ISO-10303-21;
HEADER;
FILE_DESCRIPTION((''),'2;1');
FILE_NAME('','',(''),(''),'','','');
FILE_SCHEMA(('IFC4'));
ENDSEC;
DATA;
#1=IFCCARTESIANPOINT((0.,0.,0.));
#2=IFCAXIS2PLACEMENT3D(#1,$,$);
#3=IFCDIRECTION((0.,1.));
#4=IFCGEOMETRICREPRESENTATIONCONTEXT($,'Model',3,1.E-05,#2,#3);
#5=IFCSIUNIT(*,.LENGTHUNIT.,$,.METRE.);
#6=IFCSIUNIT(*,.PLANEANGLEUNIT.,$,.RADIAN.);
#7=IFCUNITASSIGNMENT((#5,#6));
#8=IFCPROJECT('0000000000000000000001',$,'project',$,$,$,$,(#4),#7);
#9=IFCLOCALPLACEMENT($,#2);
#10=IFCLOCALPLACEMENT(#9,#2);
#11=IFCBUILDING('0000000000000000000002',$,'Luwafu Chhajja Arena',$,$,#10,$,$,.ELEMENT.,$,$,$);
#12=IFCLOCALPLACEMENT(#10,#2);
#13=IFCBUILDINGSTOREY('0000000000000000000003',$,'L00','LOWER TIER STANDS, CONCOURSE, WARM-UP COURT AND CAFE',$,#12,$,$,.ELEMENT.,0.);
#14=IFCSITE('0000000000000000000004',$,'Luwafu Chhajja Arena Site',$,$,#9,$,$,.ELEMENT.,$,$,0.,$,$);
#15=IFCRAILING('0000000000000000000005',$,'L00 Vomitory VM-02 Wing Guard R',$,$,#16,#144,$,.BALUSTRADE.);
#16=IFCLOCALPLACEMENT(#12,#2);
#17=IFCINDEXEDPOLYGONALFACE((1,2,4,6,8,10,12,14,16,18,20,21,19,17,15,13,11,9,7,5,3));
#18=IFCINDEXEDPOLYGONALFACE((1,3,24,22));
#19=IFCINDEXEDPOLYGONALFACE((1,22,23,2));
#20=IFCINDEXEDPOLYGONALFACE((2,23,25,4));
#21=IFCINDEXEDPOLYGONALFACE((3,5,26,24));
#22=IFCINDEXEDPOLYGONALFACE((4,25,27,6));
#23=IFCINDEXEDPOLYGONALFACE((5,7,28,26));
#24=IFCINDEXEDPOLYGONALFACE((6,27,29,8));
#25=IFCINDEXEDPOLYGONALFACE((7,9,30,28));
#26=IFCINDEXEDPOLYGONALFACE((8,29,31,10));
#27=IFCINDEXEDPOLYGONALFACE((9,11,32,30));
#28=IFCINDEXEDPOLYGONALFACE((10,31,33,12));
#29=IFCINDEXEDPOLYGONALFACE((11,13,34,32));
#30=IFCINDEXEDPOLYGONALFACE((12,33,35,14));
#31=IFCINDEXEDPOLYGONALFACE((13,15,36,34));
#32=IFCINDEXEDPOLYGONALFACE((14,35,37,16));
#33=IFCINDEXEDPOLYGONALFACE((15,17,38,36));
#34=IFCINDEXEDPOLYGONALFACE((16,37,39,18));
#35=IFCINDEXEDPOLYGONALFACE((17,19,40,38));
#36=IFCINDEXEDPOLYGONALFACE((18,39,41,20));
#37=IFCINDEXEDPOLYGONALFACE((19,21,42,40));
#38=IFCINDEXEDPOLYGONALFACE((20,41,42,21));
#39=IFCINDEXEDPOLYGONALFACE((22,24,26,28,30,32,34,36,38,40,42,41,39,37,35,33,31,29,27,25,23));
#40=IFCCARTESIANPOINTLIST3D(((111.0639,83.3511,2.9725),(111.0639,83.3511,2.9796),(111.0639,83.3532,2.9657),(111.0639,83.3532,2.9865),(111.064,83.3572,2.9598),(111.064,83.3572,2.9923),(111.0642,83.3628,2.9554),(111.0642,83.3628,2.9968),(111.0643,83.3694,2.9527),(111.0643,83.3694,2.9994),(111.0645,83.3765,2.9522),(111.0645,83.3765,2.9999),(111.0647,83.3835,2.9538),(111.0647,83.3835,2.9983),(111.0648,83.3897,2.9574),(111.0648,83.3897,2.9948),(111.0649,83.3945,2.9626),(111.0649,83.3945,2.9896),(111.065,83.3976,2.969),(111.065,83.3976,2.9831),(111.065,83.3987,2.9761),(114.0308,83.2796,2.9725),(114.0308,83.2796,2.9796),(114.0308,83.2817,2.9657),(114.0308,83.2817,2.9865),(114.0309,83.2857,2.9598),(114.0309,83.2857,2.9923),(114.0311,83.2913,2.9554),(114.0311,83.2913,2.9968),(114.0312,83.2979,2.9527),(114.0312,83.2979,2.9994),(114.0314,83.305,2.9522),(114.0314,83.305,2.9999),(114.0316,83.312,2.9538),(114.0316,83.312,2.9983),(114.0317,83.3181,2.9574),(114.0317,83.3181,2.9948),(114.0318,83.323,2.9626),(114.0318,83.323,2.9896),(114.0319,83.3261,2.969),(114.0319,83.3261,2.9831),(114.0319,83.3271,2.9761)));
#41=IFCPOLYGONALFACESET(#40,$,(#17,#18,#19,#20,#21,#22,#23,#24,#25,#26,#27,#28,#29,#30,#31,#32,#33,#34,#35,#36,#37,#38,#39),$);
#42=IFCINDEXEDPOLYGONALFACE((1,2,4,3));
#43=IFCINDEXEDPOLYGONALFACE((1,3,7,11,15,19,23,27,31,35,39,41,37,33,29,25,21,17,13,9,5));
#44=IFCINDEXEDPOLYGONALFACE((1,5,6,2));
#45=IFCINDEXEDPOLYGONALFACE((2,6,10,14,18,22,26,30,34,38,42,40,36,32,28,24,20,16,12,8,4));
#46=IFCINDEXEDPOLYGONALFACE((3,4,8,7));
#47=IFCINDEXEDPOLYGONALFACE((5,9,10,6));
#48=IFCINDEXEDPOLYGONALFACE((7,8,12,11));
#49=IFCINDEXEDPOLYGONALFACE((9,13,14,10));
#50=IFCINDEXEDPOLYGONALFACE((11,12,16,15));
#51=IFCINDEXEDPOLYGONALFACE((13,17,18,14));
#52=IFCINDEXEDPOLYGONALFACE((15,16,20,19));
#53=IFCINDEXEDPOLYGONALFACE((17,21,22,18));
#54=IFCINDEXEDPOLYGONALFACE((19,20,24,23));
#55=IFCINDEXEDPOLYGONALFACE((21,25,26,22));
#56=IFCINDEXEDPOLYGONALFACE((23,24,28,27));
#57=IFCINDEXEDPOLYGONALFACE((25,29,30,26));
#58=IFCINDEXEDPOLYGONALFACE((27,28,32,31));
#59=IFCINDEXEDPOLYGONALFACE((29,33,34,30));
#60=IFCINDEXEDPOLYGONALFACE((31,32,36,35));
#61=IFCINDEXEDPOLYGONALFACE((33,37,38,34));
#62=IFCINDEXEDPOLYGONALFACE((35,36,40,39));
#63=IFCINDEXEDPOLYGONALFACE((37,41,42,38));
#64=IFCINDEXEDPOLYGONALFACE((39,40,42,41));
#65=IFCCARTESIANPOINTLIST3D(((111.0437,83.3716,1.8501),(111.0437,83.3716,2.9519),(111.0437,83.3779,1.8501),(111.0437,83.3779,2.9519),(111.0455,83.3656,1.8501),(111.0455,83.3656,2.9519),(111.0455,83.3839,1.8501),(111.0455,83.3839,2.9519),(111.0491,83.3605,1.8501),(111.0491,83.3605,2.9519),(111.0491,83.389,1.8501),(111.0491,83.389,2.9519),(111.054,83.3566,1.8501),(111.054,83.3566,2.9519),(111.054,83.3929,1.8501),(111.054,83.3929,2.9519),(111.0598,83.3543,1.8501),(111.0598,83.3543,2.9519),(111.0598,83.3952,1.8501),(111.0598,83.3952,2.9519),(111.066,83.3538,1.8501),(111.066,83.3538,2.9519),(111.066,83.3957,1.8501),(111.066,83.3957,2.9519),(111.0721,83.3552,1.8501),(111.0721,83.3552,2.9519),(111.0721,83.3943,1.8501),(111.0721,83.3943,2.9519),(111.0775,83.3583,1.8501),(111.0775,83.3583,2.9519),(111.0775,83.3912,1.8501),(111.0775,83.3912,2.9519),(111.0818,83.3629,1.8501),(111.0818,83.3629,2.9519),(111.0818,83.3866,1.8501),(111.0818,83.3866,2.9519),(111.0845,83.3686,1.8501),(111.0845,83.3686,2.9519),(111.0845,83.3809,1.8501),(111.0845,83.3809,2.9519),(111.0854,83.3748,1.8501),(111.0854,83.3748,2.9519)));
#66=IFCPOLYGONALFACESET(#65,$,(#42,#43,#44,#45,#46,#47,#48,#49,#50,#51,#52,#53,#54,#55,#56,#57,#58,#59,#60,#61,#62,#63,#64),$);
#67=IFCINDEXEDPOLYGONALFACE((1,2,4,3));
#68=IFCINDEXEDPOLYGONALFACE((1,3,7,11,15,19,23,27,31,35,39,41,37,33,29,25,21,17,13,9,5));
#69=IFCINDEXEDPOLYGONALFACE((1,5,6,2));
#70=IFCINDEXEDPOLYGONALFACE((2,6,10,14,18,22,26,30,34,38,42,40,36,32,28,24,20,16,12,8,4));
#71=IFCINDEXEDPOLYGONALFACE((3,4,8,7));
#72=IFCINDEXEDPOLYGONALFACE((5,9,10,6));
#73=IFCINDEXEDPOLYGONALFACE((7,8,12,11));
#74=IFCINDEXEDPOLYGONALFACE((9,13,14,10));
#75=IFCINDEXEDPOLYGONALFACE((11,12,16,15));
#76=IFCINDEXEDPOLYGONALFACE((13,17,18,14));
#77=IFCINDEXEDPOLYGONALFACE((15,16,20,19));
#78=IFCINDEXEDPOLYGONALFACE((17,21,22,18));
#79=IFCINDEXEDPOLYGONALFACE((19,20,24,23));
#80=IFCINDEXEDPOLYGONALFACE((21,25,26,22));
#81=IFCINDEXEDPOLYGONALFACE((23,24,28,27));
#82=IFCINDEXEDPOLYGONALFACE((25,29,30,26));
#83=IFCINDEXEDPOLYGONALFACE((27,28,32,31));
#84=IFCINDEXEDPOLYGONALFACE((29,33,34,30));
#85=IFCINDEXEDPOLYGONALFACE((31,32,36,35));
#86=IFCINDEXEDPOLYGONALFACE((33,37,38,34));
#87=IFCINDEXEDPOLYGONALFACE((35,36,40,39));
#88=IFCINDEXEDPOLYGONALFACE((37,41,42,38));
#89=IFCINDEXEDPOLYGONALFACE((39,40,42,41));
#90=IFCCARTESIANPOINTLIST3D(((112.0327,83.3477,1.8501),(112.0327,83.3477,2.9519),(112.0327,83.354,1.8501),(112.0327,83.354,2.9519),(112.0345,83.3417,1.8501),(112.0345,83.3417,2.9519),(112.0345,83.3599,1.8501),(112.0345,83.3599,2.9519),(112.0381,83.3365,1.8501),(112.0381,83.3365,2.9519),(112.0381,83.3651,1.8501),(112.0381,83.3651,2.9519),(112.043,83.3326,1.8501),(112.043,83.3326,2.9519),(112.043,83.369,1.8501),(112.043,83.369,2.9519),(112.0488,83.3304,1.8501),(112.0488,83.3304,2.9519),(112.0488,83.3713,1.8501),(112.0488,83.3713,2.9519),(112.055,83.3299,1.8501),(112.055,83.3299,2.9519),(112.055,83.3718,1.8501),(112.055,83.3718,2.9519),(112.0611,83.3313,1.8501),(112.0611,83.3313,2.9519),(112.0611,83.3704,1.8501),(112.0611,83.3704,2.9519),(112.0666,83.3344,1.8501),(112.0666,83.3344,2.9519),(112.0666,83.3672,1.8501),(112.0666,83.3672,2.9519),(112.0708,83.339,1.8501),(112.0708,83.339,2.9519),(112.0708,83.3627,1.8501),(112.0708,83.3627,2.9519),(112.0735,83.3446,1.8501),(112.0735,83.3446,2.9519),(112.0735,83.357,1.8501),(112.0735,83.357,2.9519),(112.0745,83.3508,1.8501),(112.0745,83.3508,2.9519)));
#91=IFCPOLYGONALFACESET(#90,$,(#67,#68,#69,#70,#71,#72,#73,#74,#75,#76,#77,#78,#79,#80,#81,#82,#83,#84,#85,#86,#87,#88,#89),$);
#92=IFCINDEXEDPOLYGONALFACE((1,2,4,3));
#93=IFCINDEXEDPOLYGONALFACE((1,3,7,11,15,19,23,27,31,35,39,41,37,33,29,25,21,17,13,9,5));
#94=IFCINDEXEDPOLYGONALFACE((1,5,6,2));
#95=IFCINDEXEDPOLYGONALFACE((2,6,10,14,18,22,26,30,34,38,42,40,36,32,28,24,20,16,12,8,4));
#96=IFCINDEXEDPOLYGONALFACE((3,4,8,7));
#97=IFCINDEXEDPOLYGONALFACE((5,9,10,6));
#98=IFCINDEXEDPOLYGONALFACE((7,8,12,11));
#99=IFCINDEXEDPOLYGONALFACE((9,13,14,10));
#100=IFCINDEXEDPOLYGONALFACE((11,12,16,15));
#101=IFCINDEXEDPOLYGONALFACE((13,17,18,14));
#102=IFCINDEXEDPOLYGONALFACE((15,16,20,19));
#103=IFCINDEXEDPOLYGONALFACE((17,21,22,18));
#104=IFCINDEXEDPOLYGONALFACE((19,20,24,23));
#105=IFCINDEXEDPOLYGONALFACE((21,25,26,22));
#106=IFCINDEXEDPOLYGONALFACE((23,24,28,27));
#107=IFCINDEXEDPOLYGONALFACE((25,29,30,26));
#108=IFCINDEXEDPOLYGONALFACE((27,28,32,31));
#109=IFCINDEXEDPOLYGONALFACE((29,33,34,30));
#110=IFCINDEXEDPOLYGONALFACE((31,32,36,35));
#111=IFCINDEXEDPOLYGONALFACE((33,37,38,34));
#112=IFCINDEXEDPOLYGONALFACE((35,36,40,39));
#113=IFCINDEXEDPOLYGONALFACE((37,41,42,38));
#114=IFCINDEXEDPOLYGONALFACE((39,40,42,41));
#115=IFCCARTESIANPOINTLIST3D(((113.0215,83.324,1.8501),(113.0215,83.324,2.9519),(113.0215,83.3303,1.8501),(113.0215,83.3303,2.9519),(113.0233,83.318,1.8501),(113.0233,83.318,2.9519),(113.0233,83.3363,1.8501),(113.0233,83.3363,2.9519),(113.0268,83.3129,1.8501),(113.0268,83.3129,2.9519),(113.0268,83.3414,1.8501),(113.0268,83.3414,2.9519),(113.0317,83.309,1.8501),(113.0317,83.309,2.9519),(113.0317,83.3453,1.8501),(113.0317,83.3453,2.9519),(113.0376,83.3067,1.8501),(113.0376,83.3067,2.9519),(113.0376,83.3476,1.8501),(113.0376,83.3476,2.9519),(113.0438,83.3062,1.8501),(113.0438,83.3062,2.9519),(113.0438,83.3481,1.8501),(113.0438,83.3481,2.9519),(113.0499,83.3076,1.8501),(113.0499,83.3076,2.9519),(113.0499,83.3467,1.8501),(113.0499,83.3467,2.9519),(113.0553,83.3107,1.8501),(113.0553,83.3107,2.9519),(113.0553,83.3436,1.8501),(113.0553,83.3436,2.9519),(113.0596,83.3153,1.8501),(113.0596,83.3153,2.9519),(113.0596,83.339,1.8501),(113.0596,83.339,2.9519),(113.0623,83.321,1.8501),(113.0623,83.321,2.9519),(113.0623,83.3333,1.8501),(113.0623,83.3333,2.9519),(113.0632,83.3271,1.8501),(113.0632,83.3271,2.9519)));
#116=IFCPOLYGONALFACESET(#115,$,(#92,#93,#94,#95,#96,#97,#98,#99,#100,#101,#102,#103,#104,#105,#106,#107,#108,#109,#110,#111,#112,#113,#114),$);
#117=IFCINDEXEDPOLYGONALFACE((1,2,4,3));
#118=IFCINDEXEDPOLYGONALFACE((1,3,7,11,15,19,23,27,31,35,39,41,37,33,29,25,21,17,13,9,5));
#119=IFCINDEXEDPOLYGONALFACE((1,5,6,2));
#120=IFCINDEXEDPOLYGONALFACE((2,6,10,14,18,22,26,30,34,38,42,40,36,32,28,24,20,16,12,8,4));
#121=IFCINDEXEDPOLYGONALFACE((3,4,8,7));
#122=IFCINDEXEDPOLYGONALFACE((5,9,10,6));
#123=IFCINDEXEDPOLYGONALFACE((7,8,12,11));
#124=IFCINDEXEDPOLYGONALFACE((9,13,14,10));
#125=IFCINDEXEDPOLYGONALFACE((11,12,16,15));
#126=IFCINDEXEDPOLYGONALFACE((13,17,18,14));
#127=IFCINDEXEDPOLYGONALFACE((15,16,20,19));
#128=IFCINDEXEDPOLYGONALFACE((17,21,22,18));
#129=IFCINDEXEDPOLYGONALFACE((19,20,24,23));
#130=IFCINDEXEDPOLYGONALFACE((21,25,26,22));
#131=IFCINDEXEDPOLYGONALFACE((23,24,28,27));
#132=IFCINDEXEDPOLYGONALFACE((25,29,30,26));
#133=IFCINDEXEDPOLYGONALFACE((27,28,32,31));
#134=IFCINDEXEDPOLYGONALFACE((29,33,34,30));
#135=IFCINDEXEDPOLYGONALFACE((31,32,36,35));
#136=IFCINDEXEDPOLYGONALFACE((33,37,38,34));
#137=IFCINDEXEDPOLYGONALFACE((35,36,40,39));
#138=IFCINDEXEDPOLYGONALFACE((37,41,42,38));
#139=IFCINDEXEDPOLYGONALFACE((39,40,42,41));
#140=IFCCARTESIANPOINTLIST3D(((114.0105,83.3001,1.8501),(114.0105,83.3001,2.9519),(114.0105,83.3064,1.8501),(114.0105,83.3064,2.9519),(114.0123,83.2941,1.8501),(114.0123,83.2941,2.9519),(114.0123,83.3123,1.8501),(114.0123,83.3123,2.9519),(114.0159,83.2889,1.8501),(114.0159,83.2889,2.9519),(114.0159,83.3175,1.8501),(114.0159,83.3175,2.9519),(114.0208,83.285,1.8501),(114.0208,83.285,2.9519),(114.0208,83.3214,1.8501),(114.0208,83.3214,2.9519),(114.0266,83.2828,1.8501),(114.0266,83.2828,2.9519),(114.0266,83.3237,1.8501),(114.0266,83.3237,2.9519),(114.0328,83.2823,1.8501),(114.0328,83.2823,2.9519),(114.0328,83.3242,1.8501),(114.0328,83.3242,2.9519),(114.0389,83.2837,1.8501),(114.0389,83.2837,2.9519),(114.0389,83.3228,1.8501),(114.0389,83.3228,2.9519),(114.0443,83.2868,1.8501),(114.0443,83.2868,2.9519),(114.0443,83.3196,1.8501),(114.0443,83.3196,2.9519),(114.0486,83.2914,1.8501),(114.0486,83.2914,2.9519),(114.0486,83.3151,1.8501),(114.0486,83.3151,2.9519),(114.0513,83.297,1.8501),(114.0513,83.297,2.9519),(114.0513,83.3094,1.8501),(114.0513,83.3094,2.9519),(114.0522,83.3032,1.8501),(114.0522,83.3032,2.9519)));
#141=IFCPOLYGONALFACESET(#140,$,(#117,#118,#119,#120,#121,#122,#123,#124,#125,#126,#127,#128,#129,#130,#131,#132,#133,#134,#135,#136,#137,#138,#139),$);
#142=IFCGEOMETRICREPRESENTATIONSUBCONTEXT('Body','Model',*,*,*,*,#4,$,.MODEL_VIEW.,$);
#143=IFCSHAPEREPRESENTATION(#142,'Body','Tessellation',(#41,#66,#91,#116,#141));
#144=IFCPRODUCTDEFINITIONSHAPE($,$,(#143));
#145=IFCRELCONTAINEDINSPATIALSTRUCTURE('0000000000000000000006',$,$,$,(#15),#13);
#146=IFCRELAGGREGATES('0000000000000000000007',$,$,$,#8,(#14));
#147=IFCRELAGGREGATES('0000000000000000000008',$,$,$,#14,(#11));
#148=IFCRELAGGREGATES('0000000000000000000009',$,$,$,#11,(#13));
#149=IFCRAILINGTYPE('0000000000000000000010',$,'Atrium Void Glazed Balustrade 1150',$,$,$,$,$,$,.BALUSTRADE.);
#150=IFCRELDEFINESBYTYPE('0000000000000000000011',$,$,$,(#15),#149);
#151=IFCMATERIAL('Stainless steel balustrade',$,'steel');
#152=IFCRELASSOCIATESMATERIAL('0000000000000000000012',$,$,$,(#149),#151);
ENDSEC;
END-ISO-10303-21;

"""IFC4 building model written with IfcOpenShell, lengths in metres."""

from ifc_helpers import new_model, si_unit, direction, frame, origin, origin_2d, place, context, subcontext, project, spatial, circle, extrude, material, type_object, element, save


model = new_model("IFC4")

# Units and contexts
model_context = context("Model", 3, precision=1e-05, world=origin(), true_north=direction((0.0, 1.0)))
body_context = subcontext(model_context, "Body", "Model", "MODEL_VIEW")
ifc_project = project(units=[si_unit("LENGTHUNIT", "METRE"), si_unit("PLANEANGLEUNIT", "RADIAN")], contexts=[model_context])

# Site, building, storey
site_placement = place(None, origin())
site = spatial("IfcSite", under=ifc_project, at=site_placement, Name="Luwafu Chhajja Arena Site", CompositionType="ELEMENT", RefElevation=0.0)
building_placement = place(site_placement, origin())
building = spatial("IfcBuilding", under=site, at=building_placement, Name="Luwafu Chhajja Arena", CompositionType="ELEMENT")
storey_placement = place(building_placement, origin())
storey = spatial("IfcBuildingStorey", under=building, at=storey_placement, Name="L00", Description="LOWER TIER STANDS, CONCOURSE, WARM-UP COURT AND CAFE", CompositionType="ELEMENT", Elevation=0.0)

# Railing
ifc_material_1 = material(Name="Stainless steel balustrade", Category="steel")
railing_type_1 = type_object("IfcRailingType", Name="Atrium Void Glazed Balustrade 1150", PredefinedType="BALUSTRADE", material=ifc_material_1)
for number, where, name in (
    (1, (111.0645, 83.3748, 1.8501), "L00 Vomitory VM-02 Wing Guard R"),
):
    element("IfcRailing", number, at=place(storey_placement, frame(where)), inside=storey, type_object=railing_type_1, Name=name, PredefinedType="BALUSTRADE", context=body_context, shape_type="SweptSolid", body=[
        extrude(circle(Radius=0.0239, at=origin_2d()), frame((0.0, 0.0, 1.126), z_axis=(0.999709, -0.024104, 0.0), x_axis=(0.024104, 0.999709, 0.0)), (0.0, 0.0, 1.0), 2.9678),
        extrude(circle(Radius=0.021, at=origin_2d()), origin(), (0.0, 0.0, 1.0), 1.1018),
        extrude(circle(Radius=0.021, at=origin_2d()), frame((0.989, -0.0239, 0.0)), (0.0, 0.0, 1.0), 1.1018),
        extrude(circle(Radius=0.021, at=origin_2d()), frame((1.9778, -0.0476, 0.0)), (0.0, 0.0, 1.0), 1.1018),
        extrude(circle(Radius=0.021, at=origin_2d()), frame((2.9668, -0.0715, 0.0)), (0.0, 0.0, 1.0), 1.1018),
    ])

save(model, "model.ifc")
